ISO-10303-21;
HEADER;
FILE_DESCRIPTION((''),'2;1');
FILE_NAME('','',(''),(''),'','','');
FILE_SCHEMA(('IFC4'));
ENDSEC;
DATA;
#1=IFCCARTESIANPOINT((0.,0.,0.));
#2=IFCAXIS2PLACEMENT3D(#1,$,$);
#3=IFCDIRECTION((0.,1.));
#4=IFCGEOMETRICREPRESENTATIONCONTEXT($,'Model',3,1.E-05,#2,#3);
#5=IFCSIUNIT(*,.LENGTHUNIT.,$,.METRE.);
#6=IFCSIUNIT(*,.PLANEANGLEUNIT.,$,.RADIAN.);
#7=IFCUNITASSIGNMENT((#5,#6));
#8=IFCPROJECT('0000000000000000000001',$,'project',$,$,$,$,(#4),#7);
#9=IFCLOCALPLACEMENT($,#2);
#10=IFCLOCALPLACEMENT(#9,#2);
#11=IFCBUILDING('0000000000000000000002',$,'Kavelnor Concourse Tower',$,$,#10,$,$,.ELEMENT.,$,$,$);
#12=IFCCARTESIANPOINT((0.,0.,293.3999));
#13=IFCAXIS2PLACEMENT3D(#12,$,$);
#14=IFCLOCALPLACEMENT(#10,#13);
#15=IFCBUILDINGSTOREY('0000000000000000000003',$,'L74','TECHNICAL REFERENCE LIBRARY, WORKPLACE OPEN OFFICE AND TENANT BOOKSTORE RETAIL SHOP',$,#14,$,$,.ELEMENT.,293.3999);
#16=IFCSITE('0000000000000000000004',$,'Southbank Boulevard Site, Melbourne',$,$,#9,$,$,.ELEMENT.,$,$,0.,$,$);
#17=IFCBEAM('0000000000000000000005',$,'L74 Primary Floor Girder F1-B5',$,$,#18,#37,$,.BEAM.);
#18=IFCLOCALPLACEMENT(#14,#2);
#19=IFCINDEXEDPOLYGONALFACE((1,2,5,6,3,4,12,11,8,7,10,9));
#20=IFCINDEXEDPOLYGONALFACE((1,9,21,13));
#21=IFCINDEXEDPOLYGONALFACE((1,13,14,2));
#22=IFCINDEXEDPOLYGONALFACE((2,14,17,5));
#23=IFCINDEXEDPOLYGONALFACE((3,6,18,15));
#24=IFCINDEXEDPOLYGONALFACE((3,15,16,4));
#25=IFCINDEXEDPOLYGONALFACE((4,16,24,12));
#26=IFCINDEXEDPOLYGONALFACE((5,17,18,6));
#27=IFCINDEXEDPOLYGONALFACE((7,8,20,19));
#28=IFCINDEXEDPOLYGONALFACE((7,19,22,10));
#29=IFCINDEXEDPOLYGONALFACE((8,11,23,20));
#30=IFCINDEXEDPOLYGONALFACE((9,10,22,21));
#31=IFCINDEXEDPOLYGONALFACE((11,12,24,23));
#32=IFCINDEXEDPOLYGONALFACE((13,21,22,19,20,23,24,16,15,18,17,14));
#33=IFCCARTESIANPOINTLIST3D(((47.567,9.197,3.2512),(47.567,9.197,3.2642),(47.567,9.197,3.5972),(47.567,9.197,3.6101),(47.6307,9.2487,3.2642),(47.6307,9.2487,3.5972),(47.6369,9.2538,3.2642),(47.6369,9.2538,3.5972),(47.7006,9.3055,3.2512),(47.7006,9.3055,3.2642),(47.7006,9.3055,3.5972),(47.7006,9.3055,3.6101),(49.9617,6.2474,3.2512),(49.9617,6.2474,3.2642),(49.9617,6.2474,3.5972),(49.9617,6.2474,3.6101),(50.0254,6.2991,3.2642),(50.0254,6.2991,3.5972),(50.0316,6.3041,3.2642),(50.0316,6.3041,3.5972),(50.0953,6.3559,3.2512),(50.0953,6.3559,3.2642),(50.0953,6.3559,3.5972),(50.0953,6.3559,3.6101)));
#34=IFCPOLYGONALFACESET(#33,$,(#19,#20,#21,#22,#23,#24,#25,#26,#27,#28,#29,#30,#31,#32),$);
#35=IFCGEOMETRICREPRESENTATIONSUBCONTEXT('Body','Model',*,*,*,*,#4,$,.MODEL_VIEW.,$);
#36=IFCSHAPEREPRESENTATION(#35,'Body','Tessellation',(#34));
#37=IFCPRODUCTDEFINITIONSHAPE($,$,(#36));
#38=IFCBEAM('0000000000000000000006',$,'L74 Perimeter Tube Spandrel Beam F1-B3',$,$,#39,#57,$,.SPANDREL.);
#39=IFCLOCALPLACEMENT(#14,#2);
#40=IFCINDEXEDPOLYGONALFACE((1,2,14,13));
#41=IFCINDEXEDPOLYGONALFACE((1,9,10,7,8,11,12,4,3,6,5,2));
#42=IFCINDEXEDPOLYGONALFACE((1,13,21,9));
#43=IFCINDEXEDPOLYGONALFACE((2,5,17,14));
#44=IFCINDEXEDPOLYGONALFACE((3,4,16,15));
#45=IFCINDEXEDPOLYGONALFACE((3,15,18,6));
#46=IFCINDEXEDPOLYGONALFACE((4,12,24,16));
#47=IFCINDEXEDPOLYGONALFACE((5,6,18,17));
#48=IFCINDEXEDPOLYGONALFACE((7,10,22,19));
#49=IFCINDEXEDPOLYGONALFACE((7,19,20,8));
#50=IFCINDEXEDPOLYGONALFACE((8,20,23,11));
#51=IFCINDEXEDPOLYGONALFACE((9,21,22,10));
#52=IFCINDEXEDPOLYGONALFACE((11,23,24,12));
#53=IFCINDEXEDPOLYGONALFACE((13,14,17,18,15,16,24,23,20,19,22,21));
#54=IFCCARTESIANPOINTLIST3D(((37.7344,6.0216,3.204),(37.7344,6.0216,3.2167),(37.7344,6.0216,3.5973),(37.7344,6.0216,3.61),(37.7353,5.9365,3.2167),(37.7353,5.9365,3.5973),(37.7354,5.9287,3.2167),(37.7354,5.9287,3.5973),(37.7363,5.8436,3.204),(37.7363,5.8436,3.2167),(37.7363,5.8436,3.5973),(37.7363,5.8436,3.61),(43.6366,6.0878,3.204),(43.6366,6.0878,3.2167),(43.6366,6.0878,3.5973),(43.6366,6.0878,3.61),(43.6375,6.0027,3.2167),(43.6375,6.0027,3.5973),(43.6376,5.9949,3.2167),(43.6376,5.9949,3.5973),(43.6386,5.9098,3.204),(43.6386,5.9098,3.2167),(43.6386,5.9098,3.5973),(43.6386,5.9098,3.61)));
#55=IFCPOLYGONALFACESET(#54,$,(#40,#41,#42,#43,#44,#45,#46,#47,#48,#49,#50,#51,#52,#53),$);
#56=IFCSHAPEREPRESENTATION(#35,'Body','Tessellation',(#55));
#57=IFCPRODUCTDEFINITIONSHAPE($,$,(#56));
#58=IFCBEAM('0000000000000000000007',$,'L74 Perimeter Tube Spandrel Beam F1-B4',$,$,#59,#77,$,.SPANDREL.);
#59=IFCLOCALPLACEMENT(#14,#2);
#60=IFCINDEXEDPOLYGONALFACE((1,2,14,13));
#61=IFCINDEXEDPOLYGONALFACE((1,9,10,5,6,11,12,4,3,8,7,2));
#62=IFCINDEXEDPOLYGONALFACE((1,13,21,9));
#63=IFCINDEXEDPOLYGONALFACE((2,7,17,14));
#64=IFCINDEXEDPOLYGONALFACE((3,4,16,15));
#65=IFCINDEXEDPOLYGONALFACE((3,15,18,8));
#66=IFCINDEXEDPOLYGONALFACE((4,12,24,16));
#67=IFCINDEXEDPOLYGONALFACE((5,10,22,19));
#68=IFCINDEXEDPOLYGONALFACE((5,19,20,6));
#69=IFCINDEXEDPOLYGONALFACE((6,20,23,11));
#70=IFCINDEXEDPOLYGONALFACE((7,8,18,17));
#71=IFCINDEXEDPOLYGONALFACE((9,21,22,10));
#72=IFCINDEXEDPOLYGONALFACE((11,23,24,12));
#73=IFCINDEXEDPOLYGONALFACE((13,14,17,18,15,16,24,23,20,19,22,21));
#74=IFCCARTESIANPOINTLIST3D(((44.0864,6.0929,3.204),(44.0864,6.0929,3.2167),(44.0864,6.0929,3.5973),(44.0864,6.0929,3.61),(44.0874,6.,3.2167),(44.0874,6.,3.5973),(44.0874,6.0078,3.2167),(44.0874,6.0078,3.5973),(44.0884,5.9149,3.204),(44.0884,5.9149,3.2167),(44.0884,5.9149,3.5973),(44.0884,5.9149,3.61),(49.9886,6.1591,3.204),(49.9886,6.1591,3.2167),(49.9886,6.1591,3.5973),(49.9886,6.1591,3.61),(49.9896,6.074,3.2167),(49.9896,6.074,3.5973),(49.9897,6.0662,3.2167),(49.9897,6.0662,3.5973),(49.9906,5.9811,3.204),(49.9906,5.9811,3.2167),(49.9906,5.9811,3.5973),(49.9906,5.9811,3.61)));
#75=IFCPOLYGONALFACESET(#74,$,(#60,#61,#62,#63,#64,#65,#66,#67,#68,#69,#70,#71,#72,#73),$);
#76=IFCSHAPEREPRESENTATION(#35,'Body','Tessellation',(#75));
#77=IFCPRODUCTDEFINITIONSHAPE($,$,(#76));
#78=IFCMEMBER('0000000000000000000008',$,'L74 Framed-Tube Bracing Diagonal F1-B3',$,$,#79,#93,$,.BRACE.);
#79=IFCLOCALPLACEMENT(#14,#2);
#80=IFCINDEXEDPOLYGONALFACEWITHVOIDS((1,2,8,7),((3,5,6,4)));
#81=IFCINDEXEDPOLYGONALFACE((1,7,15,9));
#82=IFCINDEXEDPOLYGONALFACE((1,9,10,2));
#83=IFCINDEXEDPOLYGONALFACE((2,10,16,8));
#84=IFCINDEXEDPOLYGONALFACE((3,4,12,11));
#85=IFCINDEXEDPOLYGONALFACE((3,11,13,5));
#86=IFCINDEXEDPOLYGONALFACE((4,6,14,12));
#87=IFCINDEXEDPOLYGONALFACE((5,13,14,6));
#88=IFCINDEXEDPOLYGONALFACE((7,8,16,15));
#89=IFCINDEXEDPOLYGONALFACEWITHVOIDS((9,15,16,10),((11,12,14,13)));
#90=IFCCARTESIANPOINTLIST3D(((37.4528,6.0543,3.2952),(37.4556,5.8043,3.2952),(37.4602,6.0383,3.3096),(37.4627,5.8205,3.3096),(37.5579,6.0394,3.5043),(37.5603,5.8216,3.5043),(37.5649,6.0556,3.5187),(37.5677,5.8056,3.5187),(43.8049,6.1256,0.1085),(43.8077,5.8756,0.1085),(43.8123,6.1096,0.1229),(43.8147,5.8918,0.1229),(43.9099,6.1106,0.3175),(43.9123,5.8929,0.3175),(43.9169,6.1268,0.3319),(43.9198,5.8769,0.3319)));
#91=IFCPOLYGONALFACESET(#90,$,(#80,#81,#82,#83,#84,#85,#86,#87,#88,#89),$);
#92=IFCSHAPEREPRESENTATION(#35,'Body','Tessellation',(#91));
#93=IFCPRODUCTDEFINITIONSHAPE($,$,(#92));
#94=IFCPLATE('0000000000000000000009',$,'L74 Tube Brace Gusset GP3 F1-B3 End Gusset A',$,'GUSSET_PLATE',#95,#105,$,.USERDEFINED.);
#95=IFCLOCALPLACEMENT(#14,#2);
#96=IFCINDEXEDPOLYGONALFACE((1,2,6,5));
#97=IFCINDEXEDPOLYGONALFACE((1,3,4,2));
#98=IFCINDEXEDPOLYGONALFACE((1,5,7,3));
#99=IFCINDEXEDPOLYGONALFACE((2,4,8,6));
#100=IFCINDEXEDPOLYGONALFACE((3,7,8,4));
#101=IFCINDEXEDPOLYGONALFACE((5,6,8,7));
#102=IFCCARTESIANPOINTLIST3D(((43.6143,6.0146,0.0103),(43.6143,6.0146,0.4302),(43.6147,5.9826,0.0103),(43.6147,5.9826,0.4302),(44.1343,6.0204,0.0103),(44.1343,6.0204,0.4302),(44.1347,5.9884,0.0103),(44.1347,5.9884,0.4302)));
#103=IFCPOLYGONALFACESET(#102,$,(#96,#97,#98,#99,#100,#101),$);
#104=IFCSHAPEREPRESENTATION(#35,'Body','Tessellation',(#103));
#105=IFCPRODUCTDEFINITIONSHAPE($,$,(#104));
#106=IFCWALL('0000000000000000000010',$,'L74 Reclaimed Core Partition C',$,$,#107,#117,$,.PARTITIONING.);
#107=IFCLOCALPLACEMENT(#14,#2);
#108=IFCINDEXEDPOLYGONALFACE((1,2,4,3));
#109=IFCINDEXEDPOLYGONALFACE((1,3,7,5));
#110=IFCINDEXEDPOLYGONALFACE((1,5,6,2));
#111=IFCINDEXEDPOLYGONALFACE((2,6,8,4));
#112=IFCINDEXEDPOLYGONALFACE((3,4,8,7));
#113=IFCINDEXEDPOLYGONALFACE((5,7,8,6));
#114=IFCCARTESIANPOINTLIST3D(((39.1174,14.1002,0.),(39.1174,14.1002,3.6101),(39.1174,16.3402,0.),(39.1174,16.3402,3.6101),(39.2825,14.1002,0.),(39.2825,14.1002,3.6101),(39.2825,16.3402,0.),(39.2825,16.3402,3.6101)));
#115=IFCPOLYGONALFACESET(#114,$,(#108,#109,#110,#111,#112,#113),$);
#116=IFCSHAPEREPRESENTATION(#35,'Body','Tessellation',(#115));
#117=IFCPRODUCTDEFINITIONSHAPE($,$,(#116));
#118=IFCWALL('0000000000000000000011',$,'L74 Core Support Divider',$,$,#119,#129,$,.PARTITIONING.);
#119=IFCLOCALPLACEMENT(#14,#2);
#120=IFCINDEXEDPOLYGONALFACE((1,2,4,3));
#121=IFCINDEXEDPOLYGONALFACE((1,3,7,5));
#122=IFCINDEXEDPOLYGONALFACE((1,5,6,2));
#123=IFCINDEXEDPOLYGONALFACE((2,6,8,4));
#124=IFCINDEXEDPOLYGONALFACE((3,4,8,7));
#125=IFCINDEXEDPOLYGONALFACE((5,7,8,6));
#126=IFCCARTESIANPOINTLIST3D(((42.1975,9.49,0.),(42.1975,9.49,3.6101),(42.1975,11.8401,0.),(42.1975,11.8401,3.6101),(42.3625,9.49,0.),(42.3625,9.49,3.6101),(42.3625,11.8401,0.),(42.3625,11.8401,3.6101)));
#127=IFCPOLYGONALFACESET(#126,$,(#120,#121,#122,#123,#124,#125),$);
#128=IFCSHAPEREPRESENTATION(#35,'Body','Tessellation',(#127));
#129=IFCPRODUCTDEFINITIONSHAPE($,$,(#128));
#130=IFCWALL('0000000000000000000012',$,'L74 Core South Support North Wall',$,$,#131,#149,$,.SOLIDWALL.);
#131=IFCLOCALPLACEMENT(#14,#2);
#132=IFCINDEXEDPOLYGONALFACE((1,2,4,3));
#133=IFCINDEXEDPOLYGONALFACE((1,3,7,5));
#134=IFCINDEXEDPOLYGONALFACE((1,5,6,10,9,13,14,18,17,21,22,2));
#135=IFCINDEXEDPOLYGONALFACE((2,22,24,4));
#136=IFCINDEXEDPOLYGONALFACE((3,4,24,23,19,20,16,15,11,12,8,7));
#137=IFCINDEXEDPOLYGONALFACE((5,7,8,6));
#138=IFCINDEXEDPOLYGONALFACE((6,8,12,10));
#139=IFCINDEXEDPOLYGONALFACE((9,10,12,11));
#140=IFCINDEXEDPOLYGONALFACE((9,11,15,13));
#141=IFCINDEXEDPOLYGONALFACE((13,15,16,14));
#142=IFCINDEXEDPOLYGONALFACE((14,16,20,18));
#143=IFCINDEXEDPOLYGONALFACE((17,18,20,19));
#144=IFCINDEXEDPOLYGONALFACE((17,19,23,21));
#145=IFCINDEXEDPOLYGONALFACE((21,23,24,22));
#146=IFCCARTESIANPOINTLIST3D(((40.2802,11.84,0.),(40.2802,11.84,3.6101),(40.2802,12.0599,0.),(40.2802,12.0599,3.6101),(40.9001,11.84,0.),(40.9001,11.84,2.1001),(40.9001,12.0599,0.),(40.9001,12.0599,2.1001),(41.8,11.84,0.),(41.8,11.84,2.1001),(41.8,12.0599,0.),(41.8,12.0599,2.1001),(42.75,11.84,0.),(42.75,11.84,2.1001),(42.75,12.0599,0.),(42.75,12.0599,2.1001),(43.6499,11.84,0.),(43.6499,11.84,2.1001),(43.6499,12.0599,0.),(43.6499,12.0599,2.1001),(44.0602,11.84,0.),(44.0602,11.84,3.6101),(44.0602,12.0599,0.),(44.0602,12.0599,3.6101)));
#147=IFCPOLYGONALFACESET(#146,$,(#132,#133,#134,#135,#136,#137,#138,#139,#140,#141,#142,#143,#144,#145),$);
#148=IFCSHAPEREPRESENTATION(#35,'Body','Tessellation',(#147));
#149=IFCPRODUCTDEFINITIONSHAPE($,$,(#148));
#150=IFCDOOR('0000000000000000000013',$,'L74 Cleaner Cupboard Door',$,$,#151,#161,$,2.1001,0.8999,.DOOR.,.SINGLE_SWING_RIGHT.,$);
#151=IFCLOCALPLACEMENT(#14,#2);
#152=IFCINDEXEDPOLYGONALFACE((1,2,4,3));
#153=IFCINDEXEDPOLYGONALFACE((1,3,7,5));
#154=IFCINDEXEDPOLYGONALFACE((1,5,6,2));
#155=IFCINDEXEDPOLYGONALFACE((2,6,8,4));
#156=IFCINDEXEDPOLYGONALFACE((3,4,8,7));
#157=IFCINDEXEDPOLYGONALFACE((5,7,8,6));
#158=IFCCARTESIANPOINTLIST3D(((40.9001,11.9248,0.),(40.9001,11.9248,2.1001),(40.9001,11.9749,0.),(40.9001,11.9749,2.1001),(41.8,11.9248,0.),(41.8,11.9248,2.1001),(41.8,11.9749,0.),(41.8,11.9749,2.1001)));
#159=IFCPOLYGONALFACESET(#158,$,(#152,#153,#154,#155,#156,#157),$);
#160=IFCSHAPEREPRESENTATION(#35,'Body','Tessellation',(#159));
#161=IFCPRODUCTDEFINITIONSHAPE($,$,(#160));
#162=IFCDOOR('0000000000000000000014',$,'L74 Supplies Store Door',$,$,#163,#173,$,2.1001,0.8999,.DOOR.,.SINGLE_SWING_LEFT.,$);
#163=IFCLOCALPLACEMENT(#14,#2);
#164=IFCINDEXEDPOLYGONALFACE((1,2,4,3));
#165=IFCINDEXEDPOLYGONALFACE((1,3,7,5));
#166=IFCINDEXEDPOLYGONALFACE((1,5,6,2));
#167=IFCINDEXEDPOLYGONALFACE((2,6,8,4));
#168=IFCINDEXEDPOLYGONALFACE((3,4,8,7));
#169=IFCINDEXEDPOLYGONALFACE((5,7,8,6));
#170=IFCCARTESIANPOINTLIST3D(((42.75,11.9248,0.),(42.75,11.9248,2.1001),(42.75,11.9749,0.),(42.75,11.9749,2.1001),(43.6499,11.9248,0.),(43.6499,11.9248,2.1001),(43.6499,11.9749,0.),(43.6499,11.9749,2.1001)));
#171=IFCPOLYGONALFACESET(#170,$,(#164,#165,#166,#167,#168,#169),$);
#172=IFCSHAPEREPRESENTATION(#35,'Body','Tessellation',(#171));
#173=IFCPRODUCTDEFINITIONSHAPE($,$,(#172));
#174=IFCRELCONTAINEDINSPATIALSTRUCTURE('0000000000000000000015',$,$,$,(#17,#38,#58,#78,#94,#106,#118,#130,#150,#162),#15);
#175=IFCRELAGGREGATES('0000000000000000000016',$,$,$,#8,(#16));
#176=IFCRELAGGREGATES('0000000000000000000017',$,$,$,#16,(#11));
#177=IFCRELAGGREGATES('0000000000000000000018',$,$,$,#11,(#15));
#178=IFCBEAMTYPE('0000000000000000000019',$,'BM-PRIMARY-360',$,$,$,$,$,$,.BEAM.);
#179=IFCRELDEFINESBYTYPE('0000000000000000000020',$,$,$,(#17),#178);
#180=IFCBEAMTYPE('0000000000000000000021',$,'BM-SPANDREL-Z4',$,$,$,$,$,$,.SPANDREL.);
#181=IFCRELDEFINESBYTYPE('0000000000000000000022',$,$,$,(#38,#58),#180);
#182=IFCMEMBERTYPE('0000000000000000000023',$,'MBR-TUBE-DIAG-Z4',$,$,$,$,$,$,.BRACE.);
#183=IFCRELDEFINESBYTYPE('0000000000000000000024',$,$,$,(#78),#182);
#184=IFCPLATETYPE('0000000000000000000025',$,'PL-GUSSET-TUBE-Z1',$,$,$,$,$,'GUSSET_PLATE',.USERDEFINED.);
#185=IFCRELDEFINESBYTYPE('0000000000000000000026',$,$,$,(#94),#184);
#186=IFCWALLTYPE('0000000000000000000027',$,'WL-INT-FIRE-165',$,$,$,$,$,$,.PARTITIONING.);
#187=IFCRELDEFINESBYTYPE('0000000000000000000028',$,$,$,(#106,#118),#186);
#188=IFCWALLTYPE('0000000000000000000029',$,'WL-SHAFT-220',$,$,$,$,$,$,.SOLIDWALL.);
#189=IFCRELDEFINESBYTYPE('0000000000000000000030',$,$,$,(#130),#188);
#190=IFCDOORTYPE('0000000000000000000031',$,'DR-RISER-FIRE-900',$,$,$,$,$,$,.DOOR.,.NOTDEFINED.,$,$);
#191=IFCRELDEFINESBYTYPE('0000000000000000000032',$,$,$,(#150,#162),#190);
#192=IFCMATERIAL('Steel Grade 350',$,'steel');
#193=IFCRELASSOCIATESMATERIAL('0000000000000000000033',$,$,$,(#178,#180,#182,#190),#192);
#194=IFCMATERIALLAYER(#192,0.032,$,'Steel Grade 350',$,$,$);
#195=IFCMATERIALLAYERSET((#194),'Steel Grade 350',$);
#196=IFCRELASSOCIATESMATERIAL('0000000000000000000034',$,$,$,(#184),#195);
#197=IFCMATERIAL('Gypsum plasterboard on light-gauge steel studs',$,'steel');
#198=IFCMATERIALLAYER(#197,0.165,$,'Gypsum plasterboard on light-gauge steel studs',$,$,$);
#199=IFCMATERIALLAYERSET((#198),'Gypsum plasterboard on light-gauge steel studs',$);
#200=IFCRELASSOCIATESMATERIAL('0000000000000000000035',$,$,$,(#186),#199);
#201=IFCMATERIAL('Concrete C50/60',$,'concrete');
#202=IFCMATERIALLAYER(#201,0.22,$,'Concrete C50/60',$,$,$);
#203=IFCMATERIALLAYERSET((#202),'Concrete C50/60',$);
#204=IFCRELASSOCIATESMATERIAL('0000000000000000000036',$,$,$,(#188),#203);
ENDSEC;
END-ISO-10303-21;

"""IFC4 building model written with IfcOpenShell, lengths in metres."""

from ifc_helpers import new_model, si_unit, direction, frame, frame_2d, origin, origin_2d, place, context, subcontext, project, spatial, rectangle, hollow_rectangle, i_section, extrude, material, layer, layer_set, material_profile, profile_set, type_object, element, fill, save


model = new_model("IFC4")

# Units and contexts
model_context = context("Model", 3, precision=1e-05, world=origin(), true_north=direction((0.0, 1.0)))
body_context = subcontext(model_context, "Body", "Model", "MODEL_VIEW")
ifc_project = project(units=[si_unit("LENGTHUNIT", "METRE"), si_unit("PLANEANGLEUNIT", "RADIAN")], contexts=[model_context])

# Site, building, storey
site_placement = place(None, origin())
site = spatial("IfcSite", under=ifc_project, at=site_placement, Name="Southbank Boulevard Site, Melbourne", CompositionType="ELEMENT", RefElevation=0.0)
building_placement = place(site_placement, origin())
building = spatial("IfcBuilding", under=site, at=building_placement, Name="Kavelnor Concourse Tower", CompositionType="ELEMENT")
storey_placement = place(building_placement, frame((0.0, 0.0, 293.3999)))
storey = spatial("IfcBuildingStorey", under=building, at=storey_placement, Name="L74", Description="TECHNICAL REFERENCE LIBRARY, WORKPLACE OPEN OFFICE AND TENANT BOOKSTORE RETAIL SHOP", CompositionType="ELEMENT", Elevation=293.3999)

# Shared definitions
ifc_material_1 = material(Name="Steel Grade 350", Category="steel")

# Beams
ifc_material_profile_1 = material_profile(ifc_material_1, i_section(OverallWidth=0.1721, OverallDepth=0.3589, WebThickness=0.0081, FlangeThickness=0.0129, at=origin_2d()), Name="360UB56")
ifc_profile_set_1 = profile_set([ifc_material_profile_1], Name="Steel Grade 350")
beam_type_1 = type_object("IfcBeamType", Name="BM-PRIMARY-360", PredefinedType="BEAM", material=ifc_profile_set_1)
beam_1_placement = place(storey_placement, frame((47.6338, 9.2512, 3.4307), z_axis=(0.630297, -0.776354, 0.0), x_axis=(0.776354, 0.630297, 0.0)))
element("IfcBeam", 1, at=beam_1_placement, inside=storey, type_object=beam_type_1, Name="L74 Primary Floor Girder F1-B5", PredefinedType="BEAM", context=body_context, shape_type="SweptSolid", body=[
    extrude(i_section(OverallWidth=0.1721, OverallDepth=0.3589, WebThickness=0.0081, FlangeThickness=0.0129, at=origin_2d()), origin(), (0.0, 0.0, 1.0), 3.7993),
])
ifc_material_profile_2 = material_profile(ifc_material_1, i_section(OverallWidth=0.178, OverallDepth=0.406, WebThickness=0.0078, FlangeThickness=0.0127, at=origin_2d()), Name="410UB59")
ifc_profile_set_2 = profile_set([ifc_material_profile_2], Name="Steel Grade 350")
beam_type_2 = type_object("IfcBeamType", Name="BM-SPANDREL-Z4", PredefinedType="SPANDREL", material=ifc_profile_set_2)
for number, where, z_axis, x_axis, name in (
    (2, (37.7354, 5.9326, 3.407), (0.999937, 0.011209, 0.0), (-0.011209, 0.999937, 0.0), "L74 Perimeter Tube Spandrel Beam F1-B3"),
    (3, (44.0874, 6.0039, 3.407), (0.999937, 0.011209, 0.0), (-0.011209, 0.999937, 0.0), "L74 Perimeter Tube Spandrel Beam F1-B4"),
):
    element("IfcBeam", number, at=place(storey_placement, frame(where, z_axis=z_axis, x_axis=x_axis)), inside=storey, type_object=beam_type_2, Name=name, PredefinedType="SPANDREL", context=body_context, shape_type="SweptSolid", body=[
        extrude(i_section(OverallWidth=0.178, OverallDepth=0.406, WebThickness=0.0078, FlangeThickness=0.0127, at=origin_2d()), origin(), (0.0, 0.0, 1.0), 5.9026),
    ])

# Member
ifc_material_profile_3 = material_profile(ifc_material_1, hollow_rectangle(XDim=0.25, YDim=0.25, WallThickness=0.0161, at=origin_2d()), Name="SHS 250x250x16")
ifc_profile_set_3 = profile_set([ifc_material_profile_3], Name="Steel Grade 350")
member_type = type_object("IfcMemberType", Name="MBR-TUBE-DIAG-Z4", PredefinedType="BRACE", material=ifc_profile_set_3)
member_placement = place(storey_placement, frame((43.8623, 6.0012, 0.2202), z_axis=(-0.893777, -0.010031, 0.4484), x_axis=(0.011222, -0.999937, 0.0)))
element("IfcMember", 4, at=member_placement, inside=storey, type_object=member_type, Name="L74 Framed-Tube Bracing Diagonal F1-B3", PredefinedType="BRACE", context=body_context, shape_type="SweptSolid", body=[
    extrude(hollow_rectangle(XDim=0.25, YDim=0.25, WallThickness=0.0161, at=origin_2d()), origin(), (0.0, 0.0, 1.0), 7.1069),
])

# Plate
ifc_layer_1 = layer(ifc_material_1, 0.032, Name="Steel Grade 350")
ifc_layer_set_1 = layer_set([ifc_layer_1], Name="Steel Grade 350")
plate_type = type_object("IfcPlateType", Name="PL-GUSSET-TUBE-Z1", ElementType="GUSSET_PLATE", PredefinedType="USERDEFINED", material=ifc_layer_set_1)
plate_placement = place(storey_placement, frame((43.8745, 6.0015, 0.0103), z_axis=(0.0, 0.0, 1.0), x_axis=(-0.999938, -0.01117, 0.0)))
element("IfcPlate", 5, at=plate_placement, inside=storey, type_object=plate_type, Name="L74 Tube Brace Gusset GP3 F1-B3 End Gusset A", ObjectType="GUSSET_PLATE", PredefinedType="USERDEFINED", context=body_context, shape_type="SweptSolid", body=[
    extrude(rectangle(XDim=0.52, YDim=0.032, at=origin_2d()), origin(), (0.0, 0.0, 1.0), 0.4199),
])

# Walls
ifc_material_2 = material(Name="Gypsum plasterboard on light-gauge steel studs", Category="steel")
ifc_layer_2 = layer(ifc_material_2, 0.165, Name="Gypsum plasterboard on light-gauge steel studs")
ifc_layer_set_2 = layer_set([ifc_layer_2], Name="Gypsum plasterboard on light-gauge steel studs")
wall_type_1 = type_object("IfcWallType", Name="WL-INT-FIRE-165", PredefinedType="PARTITIONING", material=ifc_layer_set_2)
wall_1_placement = place(storey_placement, frame((39.2, 14.1001, 0.0), z_axis=(0.0, 0.0, 1.0), x_axis=(0.0, 1.0, 0.0)))
element("IfcWall", 6, at=wall_1_placement, inside=storey, type_object=wall_type_1, Name="L74 Reclaimed Core Partition C", PredefinedType="PARTITIONING", context=body_context, shape_type="SweptSolid", body=[
    extrude(rectangle(XDim=2.24, YDim=0.165, at=frame_2d((1.1201, 0.0))), origin(), (0.0, 0.0, 1.0), 3.6101),
])
wall_2_placement = place(storey_placement, frame((42.28, 9.49, 0.0), z_axis=(0.0, 0.0, 1.0), x_axis=(0.0, 1.0, 0.0)))
element("IfcWall", 7, at=wall_2_placement, inside=storey, type_object=wall_type_1, Name="L74 Core Support Divider", PredefinedType="PARTITIONING", context=body_context, shape_type="SweptSolid", body=[
    extrude(rectangle(XDim=2.3501, YDim=0.165, at=frame_2d((1.175, 0.0))), origin(), (0.0, 0.0, 1.0), 3.6101),
])

# Wall, openings, doors
ifc_material_3 = material(Name="Concrete C50/60", Category="concrete")
ifc_layer_3 = layer(ifc_material_3, 0.22, Name="Concrete C50/60")
ifc_layer_set_3 = layer_set([ifc_layer_3], Name="Concrete C50/60")
wall_type_2 = type_object("IfcWallType", Name="WL-SHAFT-220", PredefinedType="SOLIDWALL", material=ifc_layer_set_3)
wall_3_placement = place(storey_placement, frame((40.28, 11.95, 0.0), z_axis=(0.0, 0.0, 1.0), x_axis=(1.0, 0.0, 0.0)))
wall_3 = element("IfcWall", 8, at=wall_3_placement, inside=storey, type_object=wall_type_2, Name="L74 Core South Support North Wall", PredefinedType="SOLIDWALL", context=body_context, shape_type="SweptSolid", body=[
    extrude(rectangle(XDim=3.78, YDim=0.22, at=frame_2d((1.8901, 0.0))), origin(), (0.0, 0.0, 1.0), 3.6101),
])
opening_1_placement = place(wall_3_placement, frame((0.6201, 0.0, 0.0)))
opening_1 = element("IfcOpeningElement", 9, at=opening_1_placement, cuts=wall_3, PredefinedType="OPENING", context=body_context, shape_type="SweptSolid", body=[
    extrude(rectangle(XDim=0.8999, YDim=2.1001, at=frame_2d((0.45, 1.05))), frame((0.0, 0.1201, 0.0), z_axis=(0.0, -1.0, 0.0), x_axis=(1.0, 0.0, 0.0)), (0.0, 0.0, 1.0), 0.24),
])
opening_2_placement = place(wall_3_placement, frame((2.47, 0.0, 0.0)))
opening_2 = element("IfcOpeningElement", 10, at=opening_2_placement, cuts=wall_3, PredefinedType="OPENING", context=body_context, shape_type="SweptSolid", body=[
    extrude(rectangle(XDim=0.8999, YDim=2.1001, at=frame_2d((0.45, 1.05))), frame((0.0, 0.1201, 0.0), z_axis=(0.0, -1.0, 0.0), x_axis=(1.0, 0.0, 0.0)), (0.0, 0.0, 1.0), 0.24),
])
door_type_1 = type_object("IfcDoorType", Name="DR-RISER-FIRE-900", OperationType="NOTDEFINED", PredefinedType="DOOR", material=ifc_material_1)
door_1_placement = place(opening_1_placement, origin())
door_1 = element("IfcDoor", 11, at=door_1_placement, inside=storey, type_object=door_type_1, Name="L74 Cleaner Cupboard Door", OperationType="SINGLE_SWING_RIGHT", OverallHeight=2.1001, OverallWidth=0.8999, PredefinedType="DOOR", context=body_context, shape_type="SweptSolid", body=[
    extrude(rectangle(XDim=0.8999, YDim=2.1001, at=frame_2d((0.45, 1.05))), frame((0.0, 0.0249, 0.0), z_axis=(0.0, -1.0, 0.0), x_axis=(1.0, 0.0, 0.0)), (0.0, 0.0, 1.0), 0.05),
])
fill(opening_1, door_1)
door_2_placement = place(opening_2_placement, origin())
door_2 = element("IfcDoor", 12, at=door_2_placement, inside=storey, type_object=door_type_1, Name="L74 Supplies Store Door", OperationType="SINGLE_SWING_LEFT", OverallHeight=2.1001, OverallWidth=0.8999, PredefinedType="DOOR", context=body_context, shape_type="SweptSolid", body=[
    extrude(rectangle(XDim=0.8999, YDim=2.1001, at=frame_2d((0.45, 1.05))), frame((0.0, 0.0249, 0.0), z_axis=(0.0, -1.0, 0.0), x_axis=(1.0, 0.0, 0.0)), (0.0, 0.0, 1.0), 0.05),
])
fill(opening_2, door_2)

save(model, "model.ifc")
